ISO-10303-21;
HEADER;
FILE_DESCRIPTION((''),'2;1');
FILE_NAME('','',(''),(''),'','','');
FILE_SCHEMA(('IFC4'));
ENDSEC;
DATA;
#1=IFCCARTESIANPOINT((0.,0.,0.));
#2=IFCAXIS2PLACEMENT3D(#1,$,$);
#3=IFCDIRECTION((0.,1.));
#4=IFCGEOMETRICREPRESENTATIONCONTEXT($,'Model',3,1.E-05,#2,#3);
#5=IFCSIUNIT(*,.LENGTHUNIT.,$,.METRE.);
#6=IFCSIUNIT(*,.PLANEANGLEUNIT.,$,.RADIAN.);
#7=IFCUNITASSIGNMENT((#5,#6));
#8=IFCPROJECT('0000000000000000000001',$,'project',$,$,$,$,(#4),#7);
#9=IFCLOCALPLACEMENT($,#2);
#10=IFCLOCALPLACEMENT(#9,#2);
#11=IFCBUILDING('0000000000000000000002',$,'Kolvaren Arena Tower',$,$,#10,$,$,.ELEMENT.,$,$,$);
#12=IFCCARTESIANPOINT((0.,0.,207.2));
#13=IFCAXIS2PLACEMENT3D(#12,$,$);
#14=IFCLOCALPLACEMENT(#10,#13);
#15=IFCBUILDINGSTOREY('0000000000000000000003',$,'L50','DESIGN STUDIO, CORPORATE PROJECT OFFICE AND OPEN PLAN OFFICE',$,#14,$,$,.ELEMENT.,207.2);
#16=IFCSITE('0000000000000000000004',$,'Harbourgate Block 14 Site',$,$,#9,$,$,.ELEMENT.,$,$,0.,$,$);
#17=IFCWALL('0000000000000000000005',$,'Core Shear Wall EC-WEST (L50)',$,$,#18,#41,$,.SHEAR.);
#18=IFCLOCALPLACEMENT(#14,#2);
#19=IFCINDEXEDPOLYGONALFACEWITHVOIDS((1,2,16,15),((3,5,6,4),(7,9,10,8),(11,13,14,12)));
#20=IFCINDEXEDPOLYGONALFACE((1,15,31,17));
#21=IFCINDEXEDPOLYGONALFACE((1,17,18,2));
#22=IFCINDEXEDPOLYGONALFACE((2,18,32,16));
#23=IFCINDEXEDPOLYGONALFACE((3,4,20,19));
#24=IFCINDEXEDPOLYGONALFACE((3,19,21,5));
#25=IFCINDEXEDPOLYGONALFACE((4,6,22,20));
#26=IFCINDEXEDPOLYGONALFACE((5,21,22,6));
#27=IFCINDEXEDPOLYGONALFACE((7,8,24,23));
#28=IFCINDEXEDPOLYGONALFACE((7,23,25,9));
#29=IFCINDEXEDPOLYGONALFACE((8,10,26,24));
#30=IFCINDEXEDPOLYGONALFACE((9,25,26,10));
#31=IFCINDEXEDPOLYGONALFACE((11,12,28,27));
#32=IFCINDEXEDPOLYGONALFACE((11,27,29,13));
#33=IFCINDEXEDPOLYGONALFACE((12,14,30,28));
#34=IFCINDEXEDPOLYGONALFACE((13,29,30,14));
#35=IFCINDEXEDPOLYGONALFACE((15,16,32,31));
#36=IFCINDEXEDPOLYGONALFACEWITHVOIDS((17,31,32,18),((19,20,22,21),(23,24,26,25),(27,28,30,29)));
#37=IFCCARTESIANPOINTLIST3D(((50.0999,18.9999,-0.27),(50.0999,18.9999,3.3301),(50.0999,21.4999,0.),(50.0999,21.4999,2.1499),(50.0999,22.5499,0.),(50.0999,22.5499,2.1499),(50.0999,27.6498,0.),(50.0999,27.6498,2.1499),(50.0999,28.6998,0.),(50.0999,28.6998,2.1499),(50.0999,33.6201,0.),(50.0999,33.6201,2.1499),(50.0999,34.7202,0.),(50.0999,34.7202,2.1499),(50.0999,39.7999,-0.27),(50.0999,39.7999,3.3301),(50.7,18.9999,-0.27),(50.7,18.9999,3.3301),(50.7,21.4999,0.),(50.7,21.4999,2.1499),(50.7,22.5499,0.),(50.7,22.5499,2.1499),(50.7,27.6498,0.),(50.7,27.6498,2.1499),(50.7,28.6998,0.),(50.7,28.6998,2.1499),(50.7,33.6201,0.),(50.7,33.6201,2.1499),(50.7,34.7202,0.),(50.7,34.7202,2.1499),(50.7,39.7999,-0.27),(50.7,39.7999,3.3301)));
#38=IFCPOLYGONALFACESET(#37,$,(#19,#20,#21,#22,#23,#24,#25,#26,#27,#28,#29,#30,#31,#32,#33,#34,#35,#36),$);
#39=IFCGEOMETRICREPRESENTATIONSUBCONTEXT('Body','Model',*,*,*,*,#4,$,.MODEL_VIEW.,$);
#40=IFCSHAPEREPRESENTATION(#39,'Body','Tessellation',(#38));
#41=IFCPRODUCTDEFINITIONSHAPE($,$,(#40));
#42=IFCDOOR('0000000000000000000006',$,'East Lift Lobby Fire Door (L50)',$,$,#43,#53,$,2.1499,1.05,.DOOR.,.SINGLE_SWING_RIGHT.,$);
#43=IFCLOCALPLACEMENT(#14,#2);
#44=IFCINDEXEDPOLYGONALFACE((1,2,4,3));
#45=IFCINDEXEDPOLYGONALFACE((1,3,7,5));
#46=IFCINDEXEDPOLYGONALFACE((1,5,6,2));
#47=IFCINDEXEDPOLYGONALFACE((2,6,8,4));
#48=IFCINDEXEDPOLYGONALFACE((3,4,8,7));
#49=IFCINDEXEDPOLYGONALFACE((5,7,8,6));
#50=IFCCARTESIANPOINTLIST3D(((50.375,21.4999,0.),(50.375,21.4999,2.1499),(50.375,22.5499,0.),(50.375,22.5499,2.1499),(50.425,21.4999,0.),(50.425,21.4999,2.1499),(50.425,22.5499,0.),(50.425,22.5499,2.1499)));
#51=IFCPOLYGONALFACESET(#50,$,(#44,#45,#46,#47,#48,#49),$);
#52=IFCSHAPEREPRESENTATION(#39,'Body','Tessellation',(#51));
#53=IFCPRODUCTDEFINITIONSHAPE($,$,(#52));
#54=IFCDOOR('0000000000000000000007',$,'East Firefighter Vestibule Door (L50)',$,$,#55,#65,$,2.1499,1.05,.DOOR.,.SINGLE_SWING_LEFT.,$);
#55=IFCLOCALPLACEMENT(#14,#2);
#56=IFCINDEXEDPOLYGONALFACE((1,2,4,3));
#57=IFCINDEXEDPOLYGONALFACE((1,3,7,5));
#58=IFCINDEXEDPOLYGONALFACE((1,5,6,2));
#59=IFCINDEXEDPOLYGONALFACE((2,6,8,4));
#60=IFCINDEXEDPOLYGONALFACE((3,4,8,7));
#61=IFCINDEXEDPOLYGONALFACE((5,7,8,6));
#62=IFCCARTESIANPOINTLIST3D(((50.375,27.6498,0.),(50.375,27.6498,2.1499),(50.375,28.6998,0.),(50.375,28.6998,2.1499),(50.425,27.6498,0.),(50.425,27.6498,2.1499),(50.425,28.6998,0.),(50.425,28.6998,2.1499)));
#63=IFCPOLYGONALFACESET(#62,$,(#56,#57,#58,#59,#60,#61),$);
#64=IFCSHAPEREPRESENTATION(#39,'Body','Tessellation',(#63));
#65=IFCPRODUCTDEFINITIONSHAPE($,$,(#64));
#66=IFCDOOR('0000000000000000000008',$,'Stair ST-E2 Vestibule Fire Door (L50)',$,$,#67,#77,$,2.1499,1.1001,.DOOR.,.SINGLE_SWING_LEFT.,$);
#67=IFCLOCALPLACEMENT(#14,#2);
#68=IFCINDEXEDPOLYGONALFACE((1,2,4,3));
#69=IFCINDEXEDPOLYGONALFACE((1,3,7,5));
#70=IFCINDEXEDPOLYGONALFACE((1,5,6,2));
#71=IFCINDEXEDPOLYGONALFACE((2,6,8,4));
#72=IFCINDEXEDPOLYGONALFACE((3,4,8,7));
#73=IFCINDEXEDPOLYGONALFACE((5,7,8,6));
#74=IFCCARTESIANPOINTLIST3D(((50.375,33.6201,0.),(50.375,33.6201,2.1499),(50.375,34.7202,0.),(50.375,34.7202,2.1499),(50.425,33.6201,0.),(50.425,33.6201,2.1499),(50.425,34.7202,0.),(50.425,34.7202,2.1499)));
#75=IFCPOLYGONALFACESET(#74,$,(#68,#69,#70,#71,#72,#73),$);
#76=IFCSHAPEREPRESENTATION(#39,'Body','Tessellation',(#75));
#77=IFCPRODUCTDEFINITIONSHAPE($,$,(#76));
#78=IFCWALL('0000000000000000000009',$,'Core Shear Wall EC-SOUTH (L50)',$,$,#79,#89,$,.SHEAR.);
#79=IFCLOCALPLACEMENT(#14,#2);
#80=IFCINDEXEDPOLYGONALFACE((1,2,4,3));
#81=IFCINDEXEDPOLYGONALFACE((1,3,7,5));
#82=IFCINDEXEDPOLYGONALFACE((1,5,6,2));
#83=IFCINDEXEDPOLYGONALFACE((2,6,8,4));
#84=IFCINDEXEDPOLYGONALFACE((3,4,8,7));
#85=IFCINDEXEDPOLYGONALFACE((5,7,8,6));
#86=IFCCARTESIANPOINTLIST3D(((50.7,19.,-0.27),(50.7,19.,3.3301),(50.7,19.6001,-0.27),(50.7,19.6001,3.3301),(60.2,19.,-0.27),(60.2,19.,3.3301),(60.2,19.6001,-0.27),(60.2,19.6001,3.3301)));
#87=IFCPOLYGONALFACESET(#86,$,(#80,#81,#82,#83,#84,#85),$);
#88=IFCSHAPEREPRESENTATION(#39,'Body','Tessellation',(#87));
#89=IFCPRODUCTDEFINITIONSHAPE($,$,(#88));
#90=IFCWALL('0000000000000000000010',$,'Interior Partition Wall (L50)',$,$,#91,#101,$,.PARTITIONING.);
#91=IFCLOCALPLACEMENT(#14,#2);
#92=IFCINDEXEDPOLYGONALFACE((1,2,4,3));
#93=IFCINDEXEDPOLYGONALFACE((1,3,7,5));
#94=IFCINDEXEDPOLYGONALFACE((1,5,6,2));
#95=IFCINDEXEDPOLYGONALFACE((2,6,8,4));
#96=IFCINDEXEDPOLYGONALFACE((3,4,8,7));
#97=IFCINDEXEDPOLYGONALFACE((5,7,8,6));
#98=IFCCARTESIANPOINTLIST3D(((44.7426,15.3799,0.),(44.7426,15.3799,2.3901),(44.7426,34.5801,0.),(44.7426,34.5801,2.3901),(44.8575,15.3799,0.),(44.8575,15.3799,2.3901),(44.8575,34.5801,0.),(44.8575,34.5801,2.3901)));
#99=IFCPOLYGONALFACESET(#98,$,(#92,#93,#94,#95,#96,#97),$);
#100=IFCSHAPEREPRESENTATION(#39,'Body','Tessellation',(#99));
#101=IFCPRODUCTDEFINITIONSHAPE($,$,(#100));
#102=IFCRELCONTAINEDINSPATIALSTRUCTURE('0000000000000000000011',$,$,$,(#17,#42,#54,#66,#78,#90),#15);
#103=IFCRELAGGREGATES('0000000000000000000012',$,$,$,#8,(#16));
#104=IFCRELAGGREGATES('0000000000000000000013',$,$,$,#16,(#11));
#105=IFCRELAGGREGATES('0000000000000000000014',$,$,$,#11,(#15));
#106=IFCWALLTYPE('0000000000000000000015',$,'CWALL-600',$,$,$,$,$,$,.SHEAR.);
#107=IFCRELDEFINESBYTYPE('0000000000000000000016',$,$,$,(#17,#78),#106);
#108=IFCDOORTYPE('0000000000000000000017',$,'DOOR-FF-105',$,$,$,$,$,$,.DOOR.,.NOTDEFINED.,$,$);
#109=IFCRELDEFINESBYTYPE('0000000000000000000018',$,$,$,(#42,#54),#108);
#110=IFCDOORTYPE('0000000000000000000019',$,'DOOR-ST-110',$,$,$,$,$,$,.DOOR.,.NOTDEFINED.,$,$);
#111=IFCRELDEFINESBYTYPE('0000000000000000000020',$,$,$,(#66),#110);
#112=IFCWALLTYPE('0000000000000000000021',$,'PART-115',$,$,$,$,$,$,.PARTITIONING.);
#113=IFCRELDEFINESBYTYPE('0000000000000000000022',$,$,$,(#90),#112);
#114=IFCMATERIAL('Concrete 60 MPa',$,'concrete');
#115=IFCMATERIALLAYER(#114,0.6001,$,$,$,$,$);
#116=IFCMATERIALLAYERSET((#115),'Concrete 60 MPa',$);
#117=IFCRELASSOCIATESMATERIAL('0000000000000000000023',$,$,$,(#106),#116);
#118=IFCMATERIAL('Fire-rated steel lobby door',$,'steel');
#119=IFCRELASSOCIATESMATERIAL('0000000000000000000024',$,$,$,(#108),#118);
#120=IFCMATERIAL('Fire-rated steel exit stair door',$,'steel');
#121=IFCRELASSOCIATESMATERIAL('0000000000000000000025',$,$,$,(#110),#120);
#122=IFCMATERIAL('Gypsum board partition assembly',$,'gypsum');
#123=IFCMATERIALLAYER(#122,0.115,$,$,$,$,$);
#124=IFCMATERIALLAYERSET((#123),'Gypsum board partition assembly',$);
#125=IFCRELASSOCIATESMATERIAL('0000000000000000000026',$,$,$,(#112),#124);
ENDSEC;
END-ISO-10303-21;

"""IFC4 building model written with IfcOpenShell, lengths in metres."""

from ifc_helpers import new_model, si_unit, direction, frame, frame_2d, origin, place, context, subcontext, project, spatial, rectangle, extrude, material, layer, layer_set, type_object, element, fill, save


model = new_model("IFC4")

# Units and contexts
model_context = context("Model", 3, precision=1e-05, world=origin(), true_north=direction((0.0, 1.0)))
body_context = subcontext(model_context, "Body", "Model", "MODEL_VIEW")
ifc_project = project(units=[si_unit("LENGTHUNIT", "METRE"), si_unit("PLANEANGLEUNIT", "RADIAN")], contexts=[model_context])

# Site, building, storey
site_placement = place(None, origin())
site = spatial("IfcSite", under=ifc_project, at=site_placement, Name="Harbourgate Block 14 Site", CompositionType="ELEMENT", RefElevation=0.0)
building_placement = place(site_placement, origin())
building = spatial("IfcBuilding", under=site, at=building_placement, Name="Kolvaren Arena Tower", CompositionType="ELEMENT")
storey_placement = place(building_placement, frame((0.0, 0.0, 207.2)))
storey = spatial("IfcBuildingStorey", under=building, at=storey_placement, Name="L50", Description="DESIGN STUDIO, CORPORATE PROJECT OFFICE AND OPEN PLAN OFFICE", CompositionType="ELEMENT", Elevation=207.2)

# Wall, openings, doors
ifc_material_1 = material(Name="Concrete 60 MPa", Category="concrete")
ifc_layer_1 = layer(ifc_material_1, 0.6001)
ifc_layer_set_1 = layer_set([ifc_layer_1], Name="Concrete 60 MPa")
wall_type_1 = type_object("IfcWallType", Name="CWALL-600", PredefinedType="SHEAR", material=ifc_layer_set_1)
wall_1_placement = place(storey_placement, frame((50.3999, 19.0, -0.27), z_axis=(0.0, 0.0, 1.0), x_axis=(0.0, 1.0, 0.0)))
wall_1 = element("IfcWall", 1, at=wall_1_placement, inside=storey, type_object=wall_type_1, Name="Core Shear Wall EC-WEST (L50)", PredefinedType="SHEAR", context=body_context, shape_type="SweptSolid", body=[
    extrude(rectangle(XDim=20.8, YDim=0.6001, at=frame_2d((10.3999, 0.0))), origin(), (0.0, 0.0, 1.0), 3.6001),
])
opening_1_placement = place(wall_1_placement, frame((2.5, 0.0, 0.27)))
opening_1 = element("IfcOpeningElement", 2, at=opening_1_placement, cuts=wall_1, PredefinedType="OPENING", context=body_context, shape_type="SweptSolid", body=[
    extrude(rectangle(XDim=1.05, YDim=2.1499, at=frame_2d((0.5249, 1.075))), frame((0.0, 0.3101, 0.0), z_axis=(0.0, -1.0, 0.0), x_axis=(1.0, 0.0, 0.0)), (0.0, 0.0, 1.0), 0.6201),
])
opening_2_placement = place(wall_1_placement, frame((8.6499, 0.0, 0.27)))
opening_2 = element("IfcOpeningElement", 3, at=opening_2_placement, cuts=wall_1, PredefinedType="OPENING", context=body_context, shape_type="SweptSolid", body=[
    extrude(rectangle(XDim=1.05, YDim=2.1499, at=frame_2d((0.5249, 1.075))), frame((0.0, 0.3101, 0.0), z_axis=(0.0, -1.0, 0.0), x_axis=(1.0, 0.0, 0.0)), (0.0, 0.0, 1.0), 0.6201),
])
opening_3_placement = place(wall_1_placement, frame((14.6201, 0.0, 0.27)))
opening_3 = element("IfcOpeningElement", 4, at=opening_3_placement, cuts=wall_1, PredefinedType="OPENING", context=body_context, shape_type="SweptSolid", body=[
    extrude(rectangle(XDim=1.1001, YDim=2.1499, at=frame_2d((0.55, 1.075))), frame((0.0, 0.3101, 0.0), z_axis=(0.0, -1.0, 0.0), x_axis=(1.0, 0.0, 0.0)), (0.0, 0.0, 1.0), 0.6201),
])
ifc_material_2 = material(Name="Fire-rated steel lobby door", Category="steel")
door_type_1 = type_object("IfcDoorType", Name="DOOR-FF-105", OperationType="NOTDEFINED", PredefinedType="DOOR", material=ifc_material_2)
door_1_placement = place(opening_1_placement, origin())
door_1 = element("IfcDoor", 5, at=door_1_placement, inside=storey, type_object=door_type_1, Name="East Lift Lobby Fire Door (L50)", OperationType="SINGLE_SWING_RIGHT", OverallHeight=2.1499, OverallWidth=1.05, PredefinedType="DOOR", context=body_context, shape_type="SweptSolid", body=[
    extrude(rectangle(XDim=1.05, YDim=2.1499, at=frame_2d((0.5249, 1.075))), frame((0.0, 0.0249, 0.0), z_axis=(0.0, -1.0, 0.0), x_axis=(1.0, 0.0, 0.0)), (0.0, 0.0, 1.0), 0.05),
])
fill(opening_1, door_1)
door_2_placement = place(opening_2_placement, origin())
door_2 = element("IfcDoor", 6, at=door_2_placement, inside=storey, type_object=door_type_1, Name="East Firefighter Vestibule Door (L50)", OperationType="SINGLE_SWING_LEFT", OverallHeight=2.1499, OverallWidth=1.05, PredefinedType="DOOR", context=body_context, shape_type="SweptSolid", body=[
    extrude(rectangle(XDim=1.05, YDim=2.1499, at=frame_2d((0.5249, 1.075))), frame((0.0, 0.0249, 0.0), z_axis=(0.0, -1.0, 0.0), x_axis=(1.0, 0.0, 0.0)), (0.0, 0.0, 1.0), 0.05),
])
fill(opening_2, door_2)
ifc_material_3 = material(Name="Fire-rated steel exit stair door", Category="steel")
door_type_2 = type_object("IfcDoorType", Name="DOOR-ST-110", OperationType="NOTDEFINED", PredefinedType="DOOR", material=ifc_material_3)
door_3_placement = place(opening_3_placement, origin())
door_3 = element("IfcDoor", 7, at=door_3_placement, inside=storey, type_object=door_type_2, Name="Stair ST-E2 Vestibule Fire Door (L50)", OperationType="SINGLE_SWING_LEFT", OverallHeight=2.1499, OverallWidth=1.1001, PredefinedType="DOOR", context=body_context, shape_type="SweptSolid", body=[
    extrude(rectangle(XDim=1.1001, YDim=2.1499, at=frame_2d((0.55, 1.075))), frame((0.0, 0.0249, 0.0), z_axis=(0.0, -1.0, 0.0), x_axis=(1.0, 0.0, 0.0)), (0.0, 0.0, 1.0), 0.05),
])
fill(opening_3, door_3)

# Walls
wall_2_placement = place(storey_placement, frame((50.7, 19.3, -0.27), z_axis=(0.0, 0.0, 1.0), x_axis=(1.0, 0.0, 0.0)))
element("IfcWall", 8, at=wall_2_placement, inside=storey, type_object=wall_type_1, Name="Core Shear Wall EC-SOUTH (L50)", PredefinedType="SHEAR", context=body_context, shape_type="SweptSolid", body=[
    extrude(rectangle(XDim=9.5, YDim=0.6001, at=frame_2d((4.75, 0.0))), origin(), (0.0, 0.0, 1.0), 3.6001),
])
ifc_material_4 = material(Name="Gypsum board partition assembly", Category="gypsum")
ifc_layer_2 = layer(ifc_material_4, 0.115)
ifc_layer_set_2 = layer_set([ifc_layer_2], Name="Gypsum board partition assembly")
wall_type_2 = type_object("IfcWallType", Name="PART-115", PredefinedType="PARTITIONING", material=ifc_layer_set_2)
wall_3_placement = place(storey_placement, frame((44.8, 15.3799, 0.0), z_axis=(0.0, 0.0, 1.0), x_axis=(0.0, 1.0, 0.0)))
element("IfcWall", 9, at=wall_3_placement, inside=storey, type_object=wall_type_2, Name="Interior Partition Wall (L50)", PredefinedType="PARTITIONING", context=body_context, shape_type="SweptSolid", body=[
    extrude(rectangle(XDim=19.2002, YDim=0.115, at=frame_2d((9.6001, 0.0))), origin(), (0.0, 0.0, 1.0), 2.3901),
])

save(model, "model.ifc")
